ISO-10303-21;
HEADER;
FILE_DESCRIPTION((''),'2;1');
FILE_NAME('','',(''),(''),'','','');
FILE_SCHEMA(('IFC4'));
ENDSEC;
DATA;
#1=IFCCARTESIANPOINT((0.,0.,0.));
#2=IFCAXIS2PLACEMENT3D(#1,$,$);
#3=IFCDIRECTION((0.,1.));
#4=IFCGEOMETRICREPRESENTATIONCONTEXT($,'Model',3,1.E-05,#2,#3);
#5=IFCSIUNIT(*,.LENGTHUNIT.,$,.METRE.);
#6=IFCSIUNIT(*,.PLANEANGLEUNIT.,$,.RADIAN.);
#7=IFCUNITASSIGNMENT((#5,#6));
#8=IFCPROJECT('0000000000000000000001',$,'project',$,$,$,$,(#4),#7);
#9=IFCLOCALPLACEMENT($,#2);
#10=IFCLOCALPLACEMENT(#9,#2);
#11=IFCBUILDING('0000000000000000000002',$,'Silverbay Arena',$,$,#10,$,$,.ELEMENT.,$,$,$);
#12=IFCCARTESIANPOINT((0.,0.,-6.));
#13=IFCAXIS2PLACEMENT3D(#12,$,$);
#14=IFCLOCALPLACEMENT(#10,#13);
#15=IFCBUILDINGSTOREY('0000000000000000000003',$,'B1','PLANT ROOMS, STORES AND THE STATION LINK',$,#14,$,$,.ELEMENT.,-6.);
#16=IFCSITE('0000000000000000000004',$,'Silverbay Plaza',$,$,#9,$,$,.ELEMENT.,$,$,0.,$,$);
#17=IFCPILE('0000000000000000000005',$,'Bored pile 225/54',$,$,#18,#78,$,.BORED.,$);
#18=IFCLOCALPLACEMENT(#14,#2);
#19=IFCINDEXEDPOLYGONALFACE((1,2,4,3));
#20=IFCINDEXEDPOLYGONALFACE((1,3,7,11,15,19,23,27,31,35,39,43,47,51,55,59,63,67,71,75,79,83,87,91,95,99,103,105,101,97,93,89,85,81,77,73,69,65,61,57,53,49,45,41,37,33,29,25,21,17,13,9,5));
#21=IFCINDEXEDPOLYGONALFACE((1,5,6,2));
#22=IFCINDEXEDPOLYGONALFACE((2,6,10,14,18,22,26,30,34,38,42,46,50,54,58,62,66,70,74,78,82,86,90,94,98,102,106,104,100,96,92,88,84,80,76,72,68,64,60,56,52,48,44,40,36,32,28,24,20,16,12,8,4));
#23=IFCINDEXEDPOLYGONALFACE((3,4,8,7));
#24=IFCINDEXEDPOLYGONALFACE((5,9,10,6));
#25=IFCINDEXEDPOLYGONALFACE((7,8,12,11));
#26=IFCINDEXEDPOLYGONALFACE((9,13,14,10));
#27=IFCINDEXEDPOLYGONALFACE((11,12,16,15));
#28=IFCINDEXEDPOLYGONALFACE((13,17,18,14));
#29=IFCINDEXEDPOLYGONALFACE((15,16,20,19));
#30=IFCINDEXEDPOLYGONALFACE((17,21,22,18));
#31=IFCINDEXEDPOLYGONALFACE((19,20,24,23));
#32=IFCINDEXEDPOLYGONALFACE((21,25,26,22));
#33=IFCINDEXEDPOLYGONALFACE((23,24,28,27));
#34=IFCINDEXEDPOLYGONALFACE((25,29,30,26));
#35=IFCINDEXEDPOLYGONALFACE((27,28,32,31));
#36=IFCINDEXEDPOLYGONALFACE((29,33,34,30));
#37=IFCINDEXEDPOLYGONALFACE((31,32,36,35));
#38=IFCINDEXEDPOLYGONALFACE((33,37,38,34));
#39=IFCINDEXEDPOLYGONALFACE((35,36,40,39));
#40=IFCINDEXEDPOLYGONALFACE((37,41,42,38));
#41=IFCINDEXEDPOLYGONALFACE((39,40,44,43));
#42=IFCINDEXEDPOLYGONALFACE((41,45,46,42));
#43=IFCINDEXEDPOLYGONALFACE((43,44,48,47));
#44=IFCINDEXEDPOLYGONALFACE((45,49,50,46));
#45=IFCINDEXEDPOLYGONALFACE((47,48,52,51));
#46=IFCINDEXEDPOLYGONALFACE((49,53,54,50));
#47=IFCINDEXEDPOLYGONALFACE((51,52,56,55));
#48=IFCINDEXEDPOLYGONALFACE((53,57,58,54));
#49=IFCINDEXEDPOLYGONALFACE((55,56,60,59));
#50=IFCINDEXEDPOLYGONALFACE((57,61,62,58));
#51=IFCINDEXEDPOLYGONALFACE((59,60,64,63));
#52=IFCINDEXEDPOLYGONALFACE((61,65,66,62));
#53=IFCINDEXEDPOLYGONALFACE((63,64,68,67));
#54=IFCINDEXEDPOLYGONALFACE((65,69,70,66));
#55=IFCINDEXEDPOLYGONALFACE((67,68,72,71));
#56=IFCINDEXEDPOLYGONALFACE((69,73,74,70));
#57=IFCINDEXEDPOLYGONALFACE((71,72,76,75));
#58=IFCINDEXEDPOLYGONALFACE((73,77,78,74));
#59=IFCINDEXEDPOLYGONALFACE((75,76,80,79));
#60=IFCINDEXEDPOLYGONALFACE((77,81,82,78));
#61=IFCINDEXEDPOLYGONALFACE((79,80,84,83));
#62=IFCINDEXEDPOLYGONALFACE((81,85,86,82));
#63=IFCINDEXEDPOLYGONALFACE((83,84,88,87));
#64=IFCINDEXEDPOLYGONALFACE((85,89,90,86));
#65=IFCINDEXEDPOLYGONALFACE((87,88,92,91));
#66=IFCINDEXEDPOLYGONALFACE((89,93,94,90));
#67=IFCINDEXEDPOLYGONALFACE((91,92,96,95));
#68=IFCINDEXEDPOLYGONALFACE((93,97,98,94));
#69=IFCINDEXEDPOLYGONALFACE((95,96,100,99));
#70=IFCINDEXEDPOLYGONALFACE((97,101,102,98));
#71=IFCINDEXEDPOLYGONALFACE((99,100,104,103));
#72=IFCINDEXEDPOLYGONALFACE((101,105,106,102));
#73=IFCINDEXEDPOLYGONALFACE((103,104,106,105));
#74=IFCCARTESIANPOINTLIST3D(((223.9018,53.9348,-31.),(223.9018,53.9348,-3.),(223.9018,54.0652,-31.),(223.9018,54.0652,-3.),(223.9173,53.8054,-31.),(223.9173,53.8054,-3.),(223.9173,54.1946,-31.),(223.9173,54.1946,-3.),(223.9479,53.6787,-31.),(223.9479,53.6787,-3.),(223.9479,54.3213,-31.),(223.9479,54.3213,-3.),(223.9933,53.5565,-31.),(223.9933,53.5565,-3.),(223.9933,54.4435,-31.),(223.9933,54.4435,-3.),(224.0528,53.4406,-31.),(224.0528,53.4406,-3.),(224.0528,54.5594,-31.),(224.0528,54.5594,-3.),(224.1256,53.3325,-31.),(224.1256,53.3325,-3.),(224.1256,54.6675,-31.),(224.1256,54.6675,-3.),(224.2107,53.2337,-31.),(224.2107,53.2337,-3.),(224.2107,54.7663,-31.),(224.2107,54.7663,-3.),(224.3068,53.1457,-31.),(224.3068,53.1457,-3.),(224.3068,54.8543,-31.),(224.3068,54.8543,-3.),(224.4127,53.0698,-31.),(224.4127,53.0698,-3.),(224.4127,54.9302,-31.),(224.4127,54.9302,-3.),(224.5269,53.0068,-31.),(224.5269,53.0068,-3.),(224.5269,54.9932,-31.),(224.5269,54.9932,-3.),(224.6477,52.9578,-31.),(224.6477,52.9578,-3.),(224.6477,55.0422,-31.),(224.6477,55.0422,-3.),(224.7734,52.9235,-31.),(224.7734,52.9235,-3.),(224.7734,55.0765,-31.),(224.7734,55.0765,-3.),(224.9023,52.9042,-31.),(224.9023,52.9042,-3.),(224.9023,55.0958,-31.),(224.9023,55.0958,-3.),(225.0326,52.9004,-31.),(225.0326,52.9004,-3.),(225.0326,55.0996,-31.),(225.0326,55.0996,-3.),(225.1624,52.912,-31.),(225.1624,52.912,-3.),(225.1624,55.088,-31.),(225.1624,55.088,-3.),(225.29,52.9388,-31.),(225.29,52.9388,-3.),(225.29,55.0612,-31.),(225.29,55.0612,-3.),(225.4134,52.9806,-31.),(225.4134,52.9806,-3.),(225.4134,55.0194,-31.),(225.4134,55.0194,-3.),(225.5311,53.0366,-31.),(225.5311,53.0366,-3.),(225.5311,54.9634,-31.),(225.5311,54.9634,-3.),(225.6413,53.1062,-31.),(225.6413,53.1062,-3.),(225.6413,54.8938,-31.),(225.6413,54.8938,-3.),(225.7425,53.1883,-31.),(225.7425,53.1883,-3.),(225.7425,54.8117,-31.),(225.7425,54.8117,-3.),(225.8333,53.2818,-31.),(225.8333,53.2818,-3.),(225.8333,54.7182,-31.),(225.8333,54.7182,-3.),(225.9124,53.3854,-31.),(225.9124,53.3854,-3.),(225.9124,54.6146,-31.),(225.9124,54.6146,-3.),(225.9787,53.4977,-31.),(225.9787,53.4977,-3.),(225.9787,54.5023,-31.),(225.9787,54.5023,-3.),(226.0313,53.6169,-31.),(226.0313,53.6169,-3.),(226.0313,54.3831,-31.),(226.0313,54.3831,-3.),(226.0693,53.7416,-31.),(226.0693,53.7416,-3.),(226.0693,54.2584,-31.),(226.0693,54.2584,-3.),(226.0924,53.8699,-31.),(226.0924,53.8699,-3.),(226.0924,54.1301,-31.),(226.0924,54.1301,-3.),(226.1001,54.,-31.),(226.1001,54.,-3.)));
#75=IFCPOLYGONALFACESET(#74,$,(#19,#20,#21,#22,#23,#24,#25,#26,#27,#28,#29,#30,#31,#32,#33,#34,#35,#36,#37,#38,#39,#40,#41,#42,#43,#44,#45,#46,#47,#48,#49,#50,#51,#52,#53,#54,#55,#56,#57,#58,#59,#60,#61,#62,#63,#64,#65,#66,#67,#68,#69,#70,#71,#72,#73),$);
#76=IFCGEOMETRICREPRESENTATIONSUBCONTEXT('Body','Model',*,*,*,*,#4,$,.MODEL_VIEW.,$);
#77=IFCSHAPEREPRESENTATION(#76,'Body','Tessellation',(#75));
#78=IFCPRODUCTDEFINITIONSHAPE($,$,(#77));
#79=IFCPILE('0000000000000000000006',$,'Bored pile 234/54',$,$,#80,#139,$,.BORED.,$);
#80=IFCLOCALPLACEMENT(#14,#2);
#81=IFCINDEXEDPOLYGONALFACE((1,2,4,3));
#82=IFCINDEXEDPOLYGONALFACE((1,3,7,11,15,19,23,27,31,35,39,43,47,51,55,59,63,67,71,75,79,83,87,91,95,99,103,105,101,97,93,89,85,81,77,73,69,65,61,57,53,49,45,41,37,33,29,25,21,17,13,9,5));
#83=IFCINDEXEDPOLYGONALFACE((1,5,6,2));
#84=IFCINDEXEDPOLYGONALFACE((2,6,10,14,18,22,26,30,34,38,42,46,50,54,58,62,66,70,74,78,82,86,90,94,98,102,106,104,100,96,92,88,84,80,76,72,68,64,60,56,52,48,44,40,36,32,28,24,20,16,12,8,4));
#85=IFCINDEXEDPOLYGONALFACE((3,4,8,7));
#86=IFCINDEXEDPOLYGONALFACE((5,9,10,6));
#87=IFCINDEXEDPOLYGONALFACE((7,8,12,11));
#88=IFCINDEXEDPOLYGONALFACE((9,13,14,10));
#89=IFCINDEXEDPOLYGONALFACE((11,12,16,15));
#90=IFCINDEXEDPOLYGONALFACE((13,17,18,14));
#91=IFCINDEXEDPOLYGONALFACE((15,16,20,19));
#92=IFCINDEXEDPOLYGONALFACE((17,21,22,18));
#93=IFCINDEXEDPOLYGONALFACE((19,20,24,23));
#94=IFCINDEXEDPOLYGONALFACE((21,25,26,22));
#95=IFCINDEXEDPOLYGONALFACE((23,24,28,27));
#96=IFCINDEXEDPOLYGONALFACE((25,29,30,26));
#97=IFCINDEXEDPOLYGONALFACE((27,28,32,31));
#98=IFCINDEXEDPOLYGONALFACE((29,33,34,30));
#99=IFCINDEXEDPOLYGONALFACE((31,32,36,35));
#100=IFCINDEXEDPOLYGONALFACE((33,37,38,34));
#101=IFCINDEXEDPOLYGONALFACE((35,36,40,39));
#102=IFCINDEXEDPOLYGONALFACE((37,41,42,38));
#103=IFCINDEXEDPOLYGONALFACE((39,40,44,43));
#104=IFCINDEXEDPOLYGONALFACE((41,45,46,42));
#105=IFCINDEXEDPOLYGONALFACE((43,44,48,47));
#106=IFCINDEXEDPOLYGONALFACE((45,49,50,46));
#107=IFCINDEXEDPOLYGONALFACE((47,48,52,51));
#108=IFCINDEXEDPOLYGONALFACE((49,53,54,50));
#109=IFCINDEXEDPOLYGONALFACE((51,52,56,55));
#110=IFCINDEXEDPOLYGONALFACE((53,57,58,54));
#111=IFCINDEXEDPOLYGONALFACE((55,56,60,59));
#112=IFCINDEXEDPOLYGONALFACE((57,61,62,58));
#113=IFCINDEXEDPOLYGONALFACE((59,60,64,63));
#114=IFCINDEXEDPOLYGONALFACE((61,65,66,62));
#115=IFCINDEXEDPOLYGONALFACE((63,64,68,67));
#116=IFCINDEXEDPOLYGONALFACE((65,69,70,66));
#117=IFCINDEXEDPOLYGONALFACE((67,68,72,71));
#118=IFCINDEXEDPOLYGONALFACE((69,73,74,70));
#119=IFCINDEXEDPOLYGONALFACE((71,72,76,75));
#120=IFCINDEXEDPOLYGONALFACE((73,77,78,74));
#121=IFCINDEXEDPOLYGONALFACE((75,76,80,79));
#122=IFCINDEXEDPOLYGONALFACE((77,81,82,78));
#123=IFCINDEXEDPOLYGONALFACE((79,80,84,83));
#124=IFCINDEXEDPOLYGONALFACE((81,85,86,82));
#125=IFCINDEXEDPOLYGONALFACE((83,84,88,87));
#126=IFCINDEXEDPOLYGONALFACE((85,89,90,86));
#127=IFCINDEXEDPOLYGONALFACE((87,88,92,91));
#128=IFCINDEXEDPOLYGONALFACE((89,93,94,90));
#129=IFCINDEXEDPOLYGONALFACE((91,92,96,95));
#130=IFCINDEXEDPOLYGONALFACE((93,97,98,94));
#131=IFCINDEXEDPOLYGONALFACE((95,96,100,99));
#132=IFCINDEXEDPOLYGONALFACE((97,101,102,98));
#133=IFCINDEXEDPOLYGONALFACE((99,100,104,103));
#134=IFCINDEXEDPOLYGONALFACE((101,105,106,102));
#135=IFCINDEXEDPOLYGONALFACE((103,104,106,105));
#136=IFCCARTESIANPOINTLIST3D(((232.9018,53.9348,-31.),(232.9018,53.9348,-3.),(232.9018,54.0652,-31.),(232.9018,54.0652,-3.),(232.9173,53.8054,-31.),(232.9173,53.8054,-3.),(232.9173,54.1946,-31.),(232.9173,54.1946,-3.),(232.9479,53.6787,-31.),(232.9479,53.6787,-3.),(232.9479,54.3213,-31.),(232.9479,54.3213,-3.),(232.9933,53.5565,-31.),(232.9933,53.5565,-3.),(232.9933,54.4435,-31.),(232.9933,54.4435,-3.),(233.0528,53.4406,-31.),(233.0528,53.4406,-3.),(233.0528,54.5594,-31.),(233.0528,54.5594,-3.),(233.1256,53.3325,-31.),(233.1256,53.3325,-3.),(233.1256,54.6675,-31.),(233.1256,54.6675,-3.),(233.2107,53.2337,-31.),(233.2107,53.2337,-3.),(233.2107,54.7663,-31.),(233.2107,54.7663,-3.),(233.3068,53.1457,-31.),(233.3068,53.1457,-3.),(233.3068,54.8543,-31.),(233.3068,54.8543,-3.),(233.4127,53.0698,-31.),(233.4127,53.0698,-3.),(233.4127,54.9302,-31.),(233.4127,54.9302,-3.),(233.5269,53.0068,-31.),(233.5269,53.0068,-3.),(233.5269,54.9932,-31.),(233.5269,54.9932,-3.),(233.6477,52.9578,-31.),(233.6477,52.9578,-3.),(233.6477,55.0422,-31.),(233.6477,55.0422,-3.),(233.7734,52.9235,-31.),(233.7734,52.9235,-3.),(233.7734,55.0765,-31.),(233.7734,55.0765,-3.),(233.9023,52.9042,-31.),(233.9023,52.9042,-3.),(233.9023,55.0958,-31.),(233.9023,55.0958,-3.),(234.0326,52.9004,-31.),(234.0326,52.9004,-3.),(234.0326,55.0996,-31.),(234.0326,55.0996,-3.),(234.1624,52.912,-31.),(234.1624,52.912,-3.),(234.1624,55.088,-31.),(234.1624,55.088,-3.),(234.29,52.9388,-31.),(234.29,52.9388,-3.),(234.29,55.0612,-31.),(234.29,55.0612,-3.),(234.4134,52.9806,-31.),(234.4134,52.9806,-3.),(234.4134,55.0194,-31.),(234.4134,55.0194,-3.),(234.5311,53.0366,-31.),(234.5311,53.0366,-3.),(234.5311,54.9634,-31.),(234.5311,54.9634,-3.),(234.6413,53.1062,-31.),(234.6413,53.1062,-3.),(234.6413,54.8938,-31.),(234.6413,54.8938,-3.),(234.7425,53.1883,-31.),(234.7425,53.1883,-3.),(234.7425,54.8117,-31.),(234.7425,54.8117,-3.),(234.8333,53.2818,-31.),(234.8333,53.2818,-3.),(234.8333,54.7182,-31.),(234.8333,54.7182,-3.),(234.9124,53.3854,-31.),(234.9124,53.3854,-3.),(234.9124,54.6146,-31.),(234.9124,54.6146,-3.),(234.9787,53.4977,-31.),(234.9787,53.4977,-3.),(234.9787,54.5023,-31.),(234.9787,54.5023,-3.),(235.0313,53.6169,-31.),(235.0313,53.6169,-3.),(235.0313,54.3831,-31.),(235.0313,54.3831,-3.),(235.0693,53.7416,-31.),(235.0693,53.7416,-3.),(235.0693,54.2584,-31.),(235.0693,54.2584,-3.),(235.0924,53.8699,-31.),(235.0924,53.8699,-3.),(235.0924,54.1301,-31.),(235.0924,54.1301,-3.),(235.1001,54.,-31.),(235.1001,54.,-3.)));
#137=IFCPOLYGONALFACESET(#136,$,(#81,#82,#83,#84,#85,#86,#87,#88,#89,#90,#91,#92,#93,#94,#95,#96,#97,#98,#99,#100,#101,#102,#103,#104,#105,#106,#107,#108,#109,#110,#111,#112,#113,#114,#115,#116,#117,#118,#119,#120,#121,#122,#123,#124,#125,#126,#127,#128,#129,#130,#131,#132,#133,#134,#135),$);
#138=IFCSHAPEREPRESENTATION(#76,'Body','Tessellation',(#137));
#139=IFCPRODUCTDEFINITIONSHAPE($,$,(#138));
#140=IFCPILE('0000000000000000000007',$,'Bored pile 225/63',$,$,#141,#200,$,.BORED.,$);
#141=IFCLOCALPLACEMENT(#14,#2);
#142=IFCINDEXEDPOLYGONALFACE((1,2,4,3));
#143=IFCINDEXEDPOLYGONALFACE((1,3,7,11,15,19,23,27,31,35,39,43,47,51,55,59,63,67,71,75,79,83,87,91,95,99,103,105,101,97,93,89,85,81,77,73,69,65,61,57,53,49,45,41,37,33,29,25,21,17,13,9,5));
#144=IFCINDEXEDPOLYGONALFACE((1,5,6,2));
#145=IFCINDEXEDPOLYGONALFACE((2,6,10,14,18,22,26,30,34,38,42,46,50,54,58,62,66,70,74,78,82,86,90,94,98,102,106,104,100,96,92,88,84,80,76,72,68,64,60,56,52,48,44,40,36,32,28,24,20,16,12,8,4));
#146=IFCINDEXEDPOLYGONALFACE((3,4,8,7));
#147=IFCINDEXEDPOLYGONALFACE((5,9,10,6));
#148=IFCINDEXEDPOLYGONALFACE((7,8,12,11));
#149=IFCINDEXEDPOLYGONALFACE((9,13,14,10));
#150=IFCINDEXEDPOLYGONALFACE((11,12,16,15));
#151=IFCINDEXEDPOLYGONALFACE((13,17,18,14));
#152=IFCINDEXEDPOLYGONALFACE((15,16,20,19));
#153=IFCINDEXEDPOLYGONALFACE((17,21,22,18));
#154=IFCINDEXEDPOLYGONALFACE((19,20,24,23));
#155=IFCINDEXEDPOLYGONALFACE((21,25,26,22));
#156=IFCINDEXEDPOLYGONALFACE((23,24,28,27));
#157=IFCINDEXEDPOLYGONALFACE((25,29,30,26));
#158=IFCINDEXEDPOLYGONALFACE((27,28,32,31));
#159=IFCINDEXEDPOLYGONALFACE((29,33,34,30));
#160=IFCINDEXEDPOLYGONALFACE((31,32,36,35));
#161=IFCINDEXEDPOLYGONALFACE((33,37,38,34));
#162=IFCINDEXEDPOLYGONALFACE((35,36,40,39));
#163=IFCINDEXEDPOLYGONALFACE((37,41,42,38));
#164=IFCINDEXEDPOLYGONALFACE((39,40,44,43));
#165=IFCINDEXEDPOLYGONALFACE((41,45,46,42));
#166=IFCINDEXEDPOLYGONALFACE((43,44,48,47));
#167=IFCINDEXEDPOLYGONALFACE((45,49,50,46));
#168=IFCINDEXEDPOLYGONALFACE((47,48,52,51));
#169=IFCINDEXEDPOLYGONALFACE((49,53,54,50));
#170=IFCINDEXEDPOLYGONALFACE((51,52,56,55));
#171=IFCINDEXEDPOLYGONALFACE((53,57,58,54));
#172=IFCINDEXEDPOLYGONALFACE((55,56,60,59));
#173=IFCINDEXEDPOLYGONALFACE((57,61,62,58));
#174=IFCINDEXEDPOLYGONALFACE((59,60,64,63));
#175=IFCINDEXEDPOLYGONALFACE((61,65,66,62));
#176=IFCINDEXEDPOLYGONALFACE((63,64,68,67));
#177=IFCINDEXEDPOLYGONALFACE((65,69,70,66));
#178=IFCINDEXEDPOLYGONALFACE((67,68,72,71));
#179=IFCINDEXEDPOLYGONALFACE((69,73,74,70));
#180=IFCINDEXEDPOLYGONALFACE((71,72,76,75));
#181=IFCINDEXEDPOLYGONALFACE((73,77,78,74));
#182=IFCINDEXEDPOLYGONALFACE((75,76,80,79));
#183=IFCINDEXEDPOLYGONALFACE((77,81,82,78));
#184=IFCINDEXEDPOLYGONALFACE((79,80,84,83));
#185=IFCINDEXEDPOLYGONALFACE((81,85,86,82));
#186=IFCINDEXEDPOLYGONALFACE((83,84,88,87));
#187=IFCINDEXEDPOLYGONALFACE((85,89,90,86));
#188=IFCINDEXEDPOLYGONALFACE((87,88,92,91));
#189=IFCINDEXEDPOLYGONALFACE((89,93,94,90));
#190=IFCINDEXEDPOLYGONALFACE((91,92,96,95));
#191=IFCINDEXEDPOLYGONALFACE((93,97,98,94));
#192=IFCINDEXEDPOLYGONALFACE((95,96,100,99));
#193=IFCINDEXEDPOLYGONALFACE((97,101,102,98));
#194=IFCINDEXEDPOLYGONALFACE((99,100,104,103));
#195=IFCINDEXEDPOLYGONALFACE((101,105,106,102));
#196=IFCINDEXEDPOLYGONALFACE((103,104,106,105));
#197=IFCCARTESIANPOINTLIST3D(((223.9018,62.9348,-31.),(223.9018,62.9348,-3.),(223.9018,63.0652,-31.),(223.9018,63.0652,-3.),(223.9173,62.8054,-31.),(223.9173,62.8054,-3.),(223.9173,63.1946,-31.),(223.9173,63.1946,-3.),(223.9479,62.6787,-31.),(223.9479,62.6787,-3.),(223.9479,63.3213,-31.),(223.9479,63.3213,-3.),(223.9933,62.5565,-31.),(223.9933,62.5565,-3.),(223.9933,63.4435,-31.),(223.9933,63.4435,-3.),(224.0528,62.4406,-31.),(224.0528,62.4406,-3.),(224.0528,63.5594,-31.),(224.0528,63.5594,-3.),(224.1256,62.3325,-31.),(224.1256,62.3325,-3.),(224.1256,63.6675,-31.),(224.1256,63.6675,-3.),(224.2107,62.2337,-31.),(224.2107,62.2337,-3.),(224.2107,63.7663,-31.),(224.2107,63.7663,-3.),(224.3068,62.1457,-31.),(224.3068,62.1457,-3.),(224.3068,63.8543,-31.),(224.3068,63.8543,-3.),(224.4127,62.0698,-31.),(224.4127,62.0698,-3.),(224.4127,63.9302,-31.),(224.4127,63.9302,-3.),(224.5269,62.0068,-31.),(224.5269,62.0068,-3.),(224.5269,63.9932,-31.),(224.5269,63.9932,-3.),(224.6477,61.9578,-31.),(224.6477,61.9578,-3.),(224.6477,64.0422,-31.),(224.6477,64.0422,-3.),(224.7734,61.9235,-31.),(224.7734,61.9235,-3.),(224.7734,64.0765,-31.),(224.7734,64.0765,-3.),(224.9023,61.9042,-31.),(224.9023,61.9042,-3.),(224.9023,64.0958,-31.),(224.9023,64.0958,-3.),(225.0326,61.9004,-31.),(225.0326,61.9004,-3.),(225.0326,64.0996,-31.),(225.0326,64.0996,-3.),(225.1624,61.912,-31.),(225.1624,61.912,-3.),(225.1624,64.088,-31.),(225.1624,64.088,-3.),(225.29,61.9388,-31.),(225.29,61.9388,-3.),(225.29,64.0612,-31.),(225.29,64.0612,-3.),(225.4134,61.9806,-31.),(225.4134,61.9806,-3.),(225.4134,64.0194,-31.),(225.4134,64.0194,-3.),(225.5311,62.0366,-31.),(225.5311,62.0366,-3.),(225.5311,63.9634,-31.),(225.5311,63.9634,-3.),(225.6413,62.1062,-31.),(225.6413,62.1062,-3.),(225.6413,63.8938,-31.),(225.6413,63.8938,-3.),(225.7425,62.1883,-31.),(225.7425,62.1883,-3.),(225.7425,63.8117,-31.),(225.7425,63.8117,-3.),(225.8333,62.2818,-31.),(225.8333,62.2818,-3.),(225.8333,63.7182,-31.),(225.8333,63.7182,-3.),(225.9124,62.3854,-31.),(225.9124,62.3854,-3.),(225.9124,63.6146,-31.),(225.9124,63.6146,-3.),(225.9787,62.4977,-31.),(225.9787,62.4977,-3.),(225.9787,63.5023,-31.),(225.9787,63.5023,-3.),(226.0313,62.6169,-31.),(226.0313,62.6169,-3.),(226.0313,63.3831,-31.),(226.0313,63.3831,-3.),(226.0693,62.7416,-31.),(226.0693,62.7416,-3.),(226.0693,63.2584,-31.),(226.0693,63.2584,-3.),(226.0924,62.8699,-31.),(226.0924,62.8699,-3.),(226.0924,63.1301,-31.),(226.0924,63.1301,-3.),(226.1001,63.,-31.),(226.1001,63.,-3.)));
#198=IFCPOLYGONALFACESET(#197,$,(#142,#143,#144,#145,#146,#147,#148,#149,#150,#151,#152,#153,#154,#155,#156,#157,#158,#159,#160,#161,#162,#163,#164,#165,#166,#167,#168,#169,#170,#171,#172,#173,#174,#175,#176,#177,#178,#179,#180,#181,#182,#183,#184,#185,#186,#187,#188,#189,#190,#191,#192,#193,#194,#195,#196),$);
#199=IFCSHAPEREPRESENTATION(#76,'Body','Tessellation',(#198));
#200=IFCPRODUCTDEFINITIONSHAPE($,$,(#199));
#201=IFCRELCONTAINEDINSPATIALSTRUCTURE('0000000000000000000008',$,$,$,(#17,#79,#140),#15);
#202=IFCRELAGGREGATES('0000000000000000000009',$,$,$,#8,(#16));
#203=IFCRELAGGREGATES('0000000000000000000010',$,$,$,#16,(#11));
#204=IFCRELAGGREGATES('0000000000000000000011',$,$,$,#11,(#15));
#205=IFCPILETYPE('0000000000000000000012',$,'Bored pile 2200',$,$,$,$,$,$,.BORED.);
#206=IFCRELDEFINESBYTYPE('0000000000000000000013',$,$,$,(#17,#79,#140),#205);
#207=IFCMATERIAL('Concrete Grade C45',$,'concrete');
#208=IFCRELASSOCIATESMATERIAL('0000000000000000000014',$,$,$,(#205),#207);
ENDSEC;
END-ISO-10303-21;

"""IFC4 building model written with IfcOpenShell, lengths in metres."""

from ifc_helpers import new_model, si_unit, direction, frame, origin, origin_2d, place, context, subcontext, project, spatial, circle, extrude, material, material_profile, profile_set, type_object, element, save


model = new_model("IFC4")

# Units and contexts
model_context = context("Model", 3, precision=1e-05, world=origin(), true_north=direction((0.0, 1.0)))
body_context = subcontext(model_context, "Body", "Model", "MODEL_VIEW")
ifc_project = project(units=[si_unit("LENGTHUNIT", "METRE"), si_unit("PLANEANGLEUNIT", "RADIAN")], contexts=[model_context])

# Site, building, storey
site_placement = place(None, origin())
site = spatial("IfcSite", under=ifc_project, at=site_placement, Name="Silverbay Plaza", CompositionType="ELEMENT", RefElevation=0.0)
building_placement = place(site_placement, origin())
building = spatial("IfcBuilding", under=site, at=building_placement, Name="Silverbay Arena", CompositionType="ELEMENT")
storey_placement = place(building_placement, frame((0.0, 0.0, -6.0)))
storey = spatial("IfcBuildingStorey", under=building, at=storey_placement, Name="B1", Description="PLANT ROOMS, STORES AND THE STATION LINK", CompositionType="ELEMENT", Elevation=-6.0)

# Piles
ifc_material_1 = material(Name="Concrete Grade C45", Category="concrete")
ifc_material_profile_1 = material_profile(ifc_material_1, circle(Radius=1.1001, at=origin_2d()), Name="Bored pile 2200")
ifc_profile_set_1 = profile_set([ifc_material_profile_1], Name="Concrete Grade C45")
pile_type_1 = type_object("IfcPileType", Name="Bored pile 2200", PredefinedType="BORED", material=ifc_profile_set_1)
for number, where, z_axis, x_axis, name in (
    (1, (225.0, 54.0, -3.0), (0.0, 0.0, -1.0), (1.0, 0.0, 0.0), "Bored pile 225/54"),
    (2, (234.0, 54.0, -3.0), (0.0, 0.0, -1.0), (1.0, 0.0, 0.0), "Bored pile 234/54"),
    (3, (225.0, 63.0, -3.0), (0.0, 0.0, -1.0), (1.0, 0.0, 0.0), "Bored pile 225/63"),
):
    element("IfcPile", number, at=place(storey_placement, frame(where, z_axis=z_axis, x_axis=x_axis)), inside=storey, type_object=pile_type_1, Name=name, PredefinedType="BORED", context=body_context, shape_type="SweptSolid", body=[
        extrude(circle(Radius=1.1001, at=origin_2d()), origin(), (0.0, 0.0, 1.0), 28.0),
    ])

save(model, "model.ifc")
